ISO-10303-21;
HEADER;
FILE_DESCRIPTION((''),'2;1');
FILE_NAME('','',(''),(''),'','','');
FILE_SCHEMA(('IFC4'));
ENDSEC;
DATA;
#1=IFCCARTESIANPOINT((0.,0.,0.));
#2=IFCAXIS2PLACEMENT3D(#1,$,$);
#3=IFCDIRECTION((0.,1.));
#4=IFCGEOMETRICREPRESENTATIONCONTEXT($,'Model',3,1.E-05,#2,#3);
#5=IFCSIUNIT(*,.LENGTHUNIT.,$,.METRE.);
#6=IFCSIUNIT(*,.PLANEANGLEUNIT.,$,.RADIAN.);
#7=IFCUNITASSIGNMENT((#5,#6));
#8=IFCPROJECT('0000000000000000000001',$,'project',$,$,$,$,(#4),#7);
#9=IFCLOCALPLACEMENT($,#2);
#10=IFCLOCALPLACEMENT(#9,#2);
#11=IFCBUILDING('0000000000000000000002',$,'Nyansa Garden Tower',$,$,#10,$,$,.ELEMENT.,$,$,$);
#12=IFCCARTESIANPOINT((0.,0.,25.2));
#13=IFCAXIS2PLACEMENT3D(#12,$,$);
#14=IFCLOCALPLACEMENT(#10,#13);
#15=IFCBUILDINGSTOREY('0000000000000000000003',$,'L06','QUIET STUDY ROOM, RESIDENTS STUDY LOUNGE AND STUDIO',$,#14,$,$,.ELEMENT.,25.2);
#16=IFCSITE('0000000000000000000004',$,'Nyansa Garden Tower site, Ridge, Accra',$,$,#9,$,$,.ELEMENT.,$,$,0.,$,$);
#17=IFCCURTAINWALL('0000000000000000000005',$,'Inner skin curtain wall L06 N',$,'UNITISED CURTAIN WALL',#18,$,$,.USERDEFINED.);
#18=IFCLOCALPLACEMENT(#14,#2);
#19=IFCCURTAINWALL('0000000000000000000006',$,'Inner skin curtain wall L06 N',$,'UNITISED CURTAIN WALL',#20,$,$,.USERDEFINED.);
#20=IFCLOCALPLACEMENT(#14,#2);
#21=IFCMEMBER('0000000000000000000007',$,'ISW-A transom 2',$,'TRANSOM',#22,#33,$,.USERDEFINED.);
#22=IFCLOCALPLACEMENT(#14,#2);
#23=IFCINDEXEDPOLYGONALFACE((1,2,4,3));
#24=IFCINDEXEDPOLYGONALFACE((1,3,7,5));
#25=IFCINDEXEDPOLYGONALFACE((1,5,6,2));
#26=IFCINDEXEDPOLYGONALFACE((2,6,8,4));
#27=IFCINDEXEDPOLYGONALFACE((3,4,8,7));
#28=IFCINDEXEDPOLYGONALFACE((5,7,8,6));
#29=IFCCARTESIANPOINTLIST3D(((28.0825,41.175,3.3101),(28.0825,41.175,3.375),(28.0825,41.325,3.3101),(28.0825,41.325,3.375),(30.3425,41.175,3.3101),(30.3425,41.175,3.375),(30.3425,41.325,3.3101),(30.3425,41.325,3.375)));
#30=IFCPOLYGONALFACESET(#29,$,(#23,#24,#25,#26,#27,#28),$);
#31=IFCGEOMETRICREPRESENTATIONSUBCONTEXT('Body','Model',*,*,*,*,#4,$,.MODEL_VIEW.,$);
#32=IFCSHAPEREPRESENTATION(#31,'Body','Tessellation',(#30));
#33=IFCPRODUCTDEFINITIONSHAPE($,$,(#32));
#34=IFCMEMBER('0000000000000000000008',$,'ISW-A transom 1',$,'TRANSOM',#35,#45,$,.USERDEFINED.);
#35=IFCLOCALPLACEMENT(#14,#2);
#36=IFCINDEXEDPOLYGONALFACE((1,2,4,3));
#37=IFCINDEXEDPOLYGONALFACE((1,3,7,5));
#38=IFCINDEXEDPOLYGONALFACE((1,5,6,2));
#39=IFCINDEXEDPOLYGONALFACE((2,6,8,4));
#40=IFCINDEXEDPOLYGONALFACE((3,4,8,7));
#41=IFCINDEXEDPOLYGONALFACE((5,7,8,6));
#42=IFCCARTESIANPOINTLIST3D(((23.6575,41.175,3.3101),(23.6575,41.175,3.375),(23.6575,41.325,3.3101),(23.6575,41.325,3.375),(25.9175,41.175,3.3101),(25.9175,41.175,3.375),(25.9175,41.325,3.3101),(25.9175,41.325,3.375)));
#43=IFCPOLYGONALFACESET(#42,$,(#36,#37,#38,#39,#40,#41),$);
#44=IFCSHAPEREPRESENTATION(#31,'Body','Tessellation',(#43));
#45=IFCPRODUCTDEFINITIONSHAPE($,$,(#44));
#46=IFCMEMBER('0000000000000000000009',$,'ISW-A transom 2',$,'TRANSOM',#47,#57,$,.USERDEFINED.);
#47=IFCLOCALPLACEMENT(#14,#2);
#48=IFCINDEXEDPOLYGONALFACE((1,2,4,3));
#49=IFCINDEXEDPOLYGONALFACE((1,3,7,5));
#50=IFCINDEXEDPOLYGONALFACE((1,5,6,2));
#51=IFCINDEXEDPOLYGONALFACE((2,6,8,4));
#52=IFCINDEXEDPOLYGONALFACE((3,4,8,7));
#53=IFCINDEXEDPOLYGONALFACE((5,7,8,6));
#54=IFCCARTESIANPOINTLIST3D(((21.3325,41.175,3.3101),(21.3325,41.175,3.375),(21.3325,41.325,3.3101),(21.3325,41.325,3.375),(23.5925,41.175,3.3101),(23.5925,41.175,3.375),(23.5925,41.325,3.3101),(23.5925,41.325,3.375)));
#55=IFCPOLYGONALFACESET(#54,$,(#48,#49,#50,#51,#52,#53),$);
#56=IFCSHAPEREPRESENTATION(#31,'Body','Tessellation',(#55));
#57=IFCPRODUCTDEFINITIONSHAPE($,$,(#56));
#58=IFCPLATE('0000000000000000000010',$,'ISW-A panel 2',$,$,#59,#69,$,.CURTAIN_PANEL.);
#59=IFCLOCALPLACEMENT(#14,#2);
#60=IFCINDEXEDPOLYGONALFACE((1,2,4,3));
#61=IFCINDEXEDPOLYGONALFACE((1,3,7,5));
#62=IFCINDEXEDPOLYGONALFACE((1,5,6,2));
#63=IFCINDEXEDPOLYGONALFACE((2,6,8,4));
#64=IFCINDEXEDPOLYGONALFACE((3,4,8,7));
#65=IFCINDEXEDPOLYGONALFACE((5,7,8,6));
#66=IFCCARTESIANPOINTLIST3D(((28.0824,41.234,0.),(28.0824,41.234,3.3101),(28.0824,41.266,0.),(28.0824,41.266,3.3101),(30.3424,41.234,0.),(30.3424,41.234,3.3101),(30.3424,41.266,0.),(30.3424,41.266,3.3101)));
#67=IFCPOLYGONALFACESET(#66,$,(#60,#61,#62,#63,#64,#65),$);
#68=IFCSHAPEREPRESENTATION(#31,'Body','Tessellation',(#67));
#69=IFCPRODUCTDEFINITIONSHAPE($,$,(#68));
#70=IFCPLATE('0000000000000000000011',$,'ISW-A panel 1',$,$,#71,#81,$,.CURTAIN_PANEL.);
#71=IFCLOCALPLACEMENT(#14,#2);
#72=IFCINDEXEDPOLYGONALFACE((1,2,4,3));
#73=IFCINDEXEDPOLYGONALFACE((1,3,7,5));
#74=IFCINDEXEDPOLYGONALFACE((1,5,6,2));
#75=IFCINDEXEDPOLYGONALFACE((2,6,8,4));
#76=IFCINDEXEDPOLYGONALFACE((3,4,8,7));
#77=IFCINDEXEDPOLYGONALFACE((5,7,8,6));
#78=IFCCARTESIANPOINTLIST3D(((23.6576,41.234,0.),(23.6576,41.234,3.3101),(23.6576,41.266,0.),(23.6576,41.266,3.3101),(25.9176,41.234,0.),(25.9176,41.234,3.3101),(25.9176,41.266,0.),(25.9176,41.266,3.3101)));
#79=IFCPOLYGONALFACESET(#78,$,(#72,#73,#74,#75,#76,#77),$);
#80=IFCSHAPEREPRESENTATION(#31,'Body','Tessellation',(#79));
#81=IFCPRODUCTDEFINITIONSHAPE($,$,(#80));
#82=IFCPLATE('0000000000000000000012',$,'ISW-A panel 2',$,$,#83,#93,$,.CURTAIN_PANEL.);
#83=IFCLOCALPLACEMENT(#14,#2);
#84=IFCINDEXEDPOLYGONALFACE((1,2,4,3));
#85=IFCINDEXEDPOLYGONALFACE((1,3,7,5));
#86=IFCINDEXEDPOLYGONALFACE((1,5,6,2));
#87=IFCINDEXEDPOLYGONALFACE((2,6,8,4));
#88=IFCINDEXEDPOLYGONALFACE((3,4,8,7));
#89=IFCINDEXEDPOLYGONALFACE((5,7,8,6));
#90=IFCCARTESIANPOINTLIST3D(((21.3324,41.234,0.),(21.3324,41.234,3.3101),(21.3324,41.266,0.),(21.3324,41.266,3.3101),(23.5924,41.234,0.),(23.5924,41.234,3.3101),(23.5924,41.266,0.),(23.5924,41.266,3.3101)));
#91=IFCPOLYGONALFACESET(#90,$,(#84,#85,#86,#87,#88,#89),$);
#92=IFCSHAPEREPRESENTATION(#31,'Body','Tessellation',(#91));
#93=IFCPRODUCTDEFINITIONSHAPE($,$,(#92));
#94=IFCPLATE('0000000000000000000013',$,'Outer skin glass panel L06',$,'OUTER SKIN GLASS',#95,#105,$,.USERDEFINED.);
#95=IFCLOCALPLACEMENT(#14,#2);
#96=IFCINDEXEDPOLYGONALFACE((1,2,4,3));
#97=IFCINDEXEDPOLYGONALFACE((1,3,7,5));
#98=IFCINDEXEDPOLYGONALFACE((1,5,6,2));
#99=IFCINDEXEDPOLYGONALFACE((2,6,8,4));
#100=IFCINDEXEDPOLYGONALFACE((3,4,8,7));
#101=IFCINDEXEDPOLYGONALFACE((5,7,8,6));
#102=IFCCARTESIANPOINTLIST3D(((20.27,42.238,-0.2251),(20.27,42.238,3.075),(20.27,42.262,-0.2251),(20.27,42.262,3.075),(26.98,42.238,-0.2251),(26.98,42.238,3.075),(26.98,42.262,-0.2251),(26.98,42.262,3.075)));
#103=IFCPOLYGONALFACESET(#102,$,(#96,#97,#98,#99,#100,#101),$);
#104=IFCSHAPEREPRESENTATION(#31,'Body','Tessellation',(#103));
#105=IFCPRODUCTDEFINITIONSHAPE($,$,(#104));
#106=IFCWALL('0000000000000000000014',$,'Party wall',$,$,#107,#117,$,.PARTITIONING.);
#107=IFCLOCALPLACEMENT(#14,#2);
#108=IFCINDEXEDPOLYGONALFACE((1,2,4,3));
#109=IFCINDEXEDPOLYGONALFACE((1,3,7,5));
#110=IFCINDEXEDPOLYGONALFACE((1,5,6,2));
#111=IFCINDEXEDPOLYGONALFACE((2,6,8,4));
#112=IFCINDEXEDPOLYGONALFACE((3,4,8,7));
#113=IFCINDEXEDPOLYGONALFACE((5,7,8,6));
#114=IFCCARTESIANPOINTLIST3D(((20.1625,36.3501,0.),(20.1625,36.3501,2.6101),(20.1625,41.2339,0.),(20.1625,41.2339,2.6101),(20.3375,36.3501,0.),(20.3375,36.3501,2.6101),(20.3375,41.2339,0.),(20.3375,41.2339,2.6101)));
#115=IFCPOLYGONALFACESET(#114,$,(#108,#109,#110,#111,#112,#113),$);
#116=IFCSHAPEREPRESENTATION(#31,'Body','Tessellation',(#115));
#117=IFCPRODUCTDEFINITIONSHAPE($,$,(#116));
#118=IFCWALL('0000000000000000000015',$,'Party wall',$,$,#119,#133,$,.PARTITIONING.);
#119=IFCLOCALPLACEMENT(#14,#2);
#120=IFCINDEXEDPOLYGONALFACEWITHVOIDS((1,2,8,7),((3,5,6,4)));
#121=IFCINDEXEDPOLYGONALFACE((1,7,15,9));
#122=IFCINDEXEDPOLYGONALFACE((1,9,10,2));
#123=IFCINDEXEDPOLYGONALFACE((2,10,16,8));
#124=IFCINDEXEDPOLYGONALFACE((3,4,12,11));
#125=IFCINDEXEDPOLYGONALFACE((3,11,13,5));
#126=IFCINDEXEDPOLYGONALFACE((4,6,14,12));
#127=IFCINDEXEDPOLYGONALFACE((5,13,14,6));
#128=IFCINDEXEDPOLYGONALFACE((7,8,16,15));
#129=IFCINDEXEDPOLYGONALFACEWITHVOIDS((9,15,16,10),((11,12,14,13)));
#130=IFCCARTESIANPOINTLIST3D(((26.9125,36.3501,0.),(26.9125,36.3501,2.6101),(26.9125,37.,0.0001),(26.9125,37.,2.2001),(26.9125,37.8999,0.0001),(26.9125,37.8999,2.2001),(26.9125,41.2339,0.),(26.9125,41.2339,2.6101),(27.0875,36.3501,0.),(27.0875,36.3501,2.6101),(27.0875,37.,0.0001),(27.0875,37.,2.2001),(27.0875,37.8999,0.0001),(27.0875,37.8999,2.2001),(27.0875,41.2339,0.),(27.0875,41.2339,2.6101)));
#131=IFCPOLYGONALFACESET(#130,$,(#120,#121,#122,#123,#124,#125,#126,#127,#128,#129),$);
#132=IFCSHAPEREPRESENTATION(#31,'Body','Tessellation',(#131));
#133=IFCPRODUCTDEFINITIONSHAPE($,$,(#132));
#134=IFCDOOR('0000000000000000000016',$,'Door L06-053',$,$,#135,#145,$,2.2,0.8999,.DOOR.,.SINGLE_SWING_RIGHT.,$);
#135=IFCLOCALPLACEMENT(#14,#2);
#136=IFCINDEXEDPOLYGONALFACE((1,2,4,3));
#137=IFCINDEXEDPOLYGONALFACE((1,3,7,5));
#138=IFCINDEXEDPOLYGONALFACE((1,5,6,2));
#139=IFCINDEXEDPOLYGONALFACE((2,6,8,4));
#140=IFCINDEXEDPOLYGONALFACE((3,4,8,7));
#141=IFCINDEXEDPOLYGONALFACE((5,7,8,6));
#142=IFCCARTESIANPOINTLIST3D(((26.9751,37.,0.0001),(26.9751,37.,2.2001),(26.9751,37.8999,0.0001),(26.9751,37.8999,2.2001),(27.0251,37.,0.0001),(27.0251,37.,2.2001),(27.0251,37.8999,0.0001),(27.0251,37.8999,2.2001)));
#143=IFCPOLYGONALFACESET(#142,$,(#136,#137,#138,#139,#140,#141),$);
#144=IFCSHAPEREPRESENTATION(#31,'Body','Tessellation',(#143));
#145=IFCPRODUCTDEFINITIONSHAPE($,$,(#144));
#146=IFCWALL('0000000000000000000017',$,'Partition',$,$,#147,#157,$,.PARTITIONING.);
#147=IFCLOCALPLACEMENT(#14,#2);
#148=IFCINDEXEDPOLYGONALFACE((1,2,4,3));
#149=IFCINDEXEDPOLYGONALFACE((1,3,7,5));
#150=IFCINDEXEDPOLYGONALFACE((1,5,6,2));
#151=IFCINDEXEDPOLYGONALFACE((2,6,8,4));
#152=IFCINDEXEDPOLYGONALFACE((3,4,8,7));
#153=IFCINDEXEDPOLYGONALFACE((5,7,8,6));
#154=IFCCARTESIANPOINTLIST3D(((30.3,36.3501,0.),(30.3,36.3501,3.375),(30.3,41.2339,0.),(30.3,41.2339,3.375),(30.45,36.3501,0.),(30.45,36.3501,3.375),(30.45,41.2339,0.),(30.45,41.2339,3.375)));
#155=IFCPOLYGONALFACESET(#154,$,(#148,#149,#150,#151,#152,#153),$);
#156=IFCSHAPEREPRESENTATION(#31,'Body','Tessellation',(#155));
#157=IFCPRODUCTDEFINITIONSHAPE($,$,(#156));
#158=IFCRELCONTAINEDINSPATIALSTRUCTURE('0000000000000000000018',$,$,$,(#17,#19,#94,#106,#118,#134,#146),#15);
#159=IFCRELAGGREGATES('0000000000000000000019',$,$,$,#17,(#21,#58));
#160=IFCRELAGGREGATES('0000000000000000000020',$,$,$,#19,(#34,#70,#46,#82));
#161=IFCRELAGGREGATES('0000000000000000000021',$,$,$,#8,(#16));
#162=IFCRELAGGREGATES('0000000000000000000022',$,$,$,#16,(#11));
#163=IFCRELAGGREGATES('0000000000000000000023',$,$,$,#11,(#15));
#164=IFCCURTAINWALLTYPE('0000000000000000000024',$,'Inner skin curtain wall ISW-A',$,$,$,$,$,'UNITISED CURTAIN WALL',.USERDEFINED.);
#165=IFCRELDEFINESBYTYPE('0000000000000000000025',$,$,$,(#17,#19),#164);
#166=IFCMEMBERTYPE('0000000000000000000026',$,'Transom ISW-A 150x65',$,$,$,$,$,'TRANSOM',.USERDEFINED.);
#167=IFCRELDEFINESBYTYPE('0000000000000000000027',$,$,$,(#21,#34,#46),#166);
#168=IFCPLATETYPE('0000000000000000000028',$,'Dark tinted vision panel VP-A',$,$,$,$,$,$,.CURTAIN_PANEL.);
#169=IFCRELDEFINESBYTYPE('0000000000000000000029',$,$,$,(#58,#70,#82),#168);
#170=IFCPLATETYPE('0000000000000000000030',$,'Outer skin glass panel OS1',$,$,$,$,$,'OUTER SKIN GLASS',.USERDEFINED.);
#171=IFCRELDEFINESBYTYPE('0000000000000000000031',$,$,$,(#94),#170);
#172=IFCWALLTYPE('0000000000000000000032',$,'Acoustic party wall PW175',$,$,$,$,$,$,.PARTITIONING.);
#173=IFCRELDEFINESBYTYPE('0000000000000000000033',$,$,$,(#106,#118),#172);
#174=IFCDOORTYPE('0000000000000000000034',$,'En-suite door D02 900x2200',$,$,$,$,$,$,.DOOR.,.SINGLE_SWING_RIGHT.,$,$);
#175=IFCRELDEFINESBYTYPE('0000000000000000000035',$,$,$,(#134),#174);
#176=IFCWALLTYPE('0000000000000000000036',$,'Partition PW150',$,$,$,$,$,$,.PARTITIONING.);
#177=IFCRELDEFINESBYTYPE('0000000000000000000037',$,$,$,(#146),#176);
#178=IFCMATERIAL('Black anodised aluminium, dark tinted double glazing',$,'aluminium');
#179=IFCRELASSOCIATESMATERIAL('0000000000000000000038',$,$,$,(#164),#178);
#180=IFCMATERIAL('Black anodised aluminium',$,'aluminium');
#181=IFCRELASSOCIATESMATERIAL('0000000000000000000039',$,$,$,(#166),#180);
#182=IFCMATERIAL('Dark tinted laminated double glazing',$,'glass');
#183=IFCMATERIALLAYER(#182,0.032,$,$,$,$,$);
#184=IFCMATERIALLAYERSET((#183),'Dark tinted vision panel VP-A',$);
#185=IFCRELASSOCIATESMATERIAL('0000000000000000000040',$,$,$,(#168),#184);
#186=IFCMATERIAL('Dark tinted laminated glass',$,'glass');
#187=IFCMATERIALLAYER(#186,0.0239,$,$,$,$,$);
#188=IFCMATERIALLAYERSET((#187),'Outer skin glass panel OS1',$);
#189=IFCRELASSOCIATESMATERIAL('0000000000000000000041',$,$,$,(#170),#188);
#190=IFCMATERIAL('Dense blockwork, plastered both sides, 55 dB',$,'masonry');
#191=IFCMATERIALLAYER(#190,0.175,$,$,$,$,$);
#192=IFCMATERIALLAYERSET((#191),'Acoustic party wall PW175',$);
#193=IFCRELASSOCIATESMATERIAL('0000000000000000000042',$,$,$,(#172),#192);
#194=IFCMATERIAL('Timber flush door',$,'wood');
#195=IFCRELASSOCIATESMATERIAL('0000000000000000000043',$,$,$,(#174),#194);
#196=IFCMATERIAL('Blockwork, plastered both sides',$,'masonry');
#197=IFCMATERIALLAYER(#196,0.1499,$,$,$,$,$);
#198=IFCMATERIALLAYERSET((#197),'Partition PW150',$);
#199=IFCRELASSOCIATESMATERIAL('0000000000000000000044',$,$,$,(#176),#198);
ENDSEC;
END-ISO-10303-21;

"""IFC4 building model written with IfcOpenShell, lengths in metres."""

from ifc_helpers import new_model, si_unit, direction, frame, frame_2d, origin, origin_2d, place, context, subcontext, project, spatial, rectangle, extrude, material, layer, layer_set, material_profile, profile_set, type_object, element, fill, aggregate, save


model = new_model("IFC4")

# Units and contexts
model_context = context("Model", 3, precision=1e-05, world=origin(), true_north=direction((0.0, 1.0)))
body_context = subcontext(model_context, "Body", "Model", "MODEL_VIEW")
ifc_project = project(units=[si_unit("LENGTHUNIT", "METRE"), si_unit("PLANEANGLEUNIT", "RADIAN")], contexts=[model_context])

# Site, building, storey
site_placement = place(None, origin())
site = spatial("IfcSite", under=ifc_project, at=site_placement, Name="Nyansa Garden Tower site, Ridge, Accra", CompositionType="ELEMENT", RefElevation=0.0)
building_placement = place(site_placement, origin())
building = spatial("IfcBuilding", under=site, at=building_placement, Name="Nyansa Garden Tower", CompositionType="ELEMENT")
storey_placement = place(building_placement, frame((0.0, 0.0, 25.2)))
storey = spatial("IfcBuildingStorey", under=building, at=storey_placement, Name="L06", Description="QUIET STUDY ROOM, RESIDENTS STUDY LOUNGE AND STUDIO", CompositionType="ELEMENT", Elevation=25.2)

# Curtain walls
ifc_material_1 = material(Name="Black anodised aluminium, dark tinted double glazing", Category="aluminium")
curtain_wall_type = type_object("IfcCurtainWallType", Name="Inner skin curtain wall ISW-A", ElementType="UNITISED CURTAIN WALL", PredefinedType="USERDEFINED", material=ifc_material_1)
curtain_wall_1_placement = place(storey_placement, origin())
curtain_wall_1 = element("IfcCurtainWall", 1, at=curtain_wall_1_placement, inside=storey, type_object=curtain_wall_type, Name="Inner skin curtain wall L06 N", ObjectType="UNITISED CURTAIN WALL", PredefinedType="USERDEFINED")
curtain_wall_2_placement = place(storey_placement, origin())
curtain_wall_2 = element("IfcCurtainWall", 2, at=curtain_wall_2_placement, inside=storey, type_object=curtain_wall_type, Name="Inner skin curtain wall L06 N", ObjectType="UNITISED CURTAIN WALL", PredefinedType="USERDEFINED")

# Members
ifc_material_2 = material(Name="Black anodised aluminium", Category="aluminium")
ifc_material_profile_1 = material_profile(ifc_material_2, rectangle(XDim=0.1499, YDim=0.0649, at=origin_2d()), Name="Transom 150x65")
ifc_profile_set_1 = profile_set([ifc_material_profile_1], Name="Black anodised aluminium")
member_type_1 = type_object("IfcMemberType", Name="Transom ISW-A 150x65", ElementType="TRANSOM", PredefinedType="USERDEFINED", material=ifc_profile_set_1)
member_1_placement = place(storey_placement, frame((30.3425, 41.25, 3.3425), z_axis=(-1.0, 0.0, 0.0), x_axis=(0.0, -1.0, 0.0)))
member_1 = element("IfcMember", 3, at=member_1_placement, type_object=member_type_1, Name="ISW-A transom 2", ObjectType="TRANSOM", PredefinedType="USERDEFINED", context=body_context, shape_type="SweptSolid", body=[
    extrude(rectangle(XDim=0.1499, YDim=0.0649, at=origin_2d()), origin(), (0.0, 0.0, 1.0), 2.26),
])
member_2_placement = place(storey_placement, frame((25.9175, 41.25, 3.3425), z_axis=(-1.0, 0.0, 0.0), x_axis=(0.0, -1.0, 0.0)))
member_2 = element("IfcMember", 4, at=member_2_placement, type_object=member_type_1, Name="ISW-A transom 1", ObjectType="TRANSOM", PredefinedType="USERDEFINED", context=body_context, shape_type="SweptSolid", body=[
    extrude(rectangle(XDim=0.1499, YDim=0.0649, at=origin_2d()), origin(), (0.0, 0.0, 1.0), 2.26),
])
member_3_placement = place(storey_placement, frame((23.5925, 41.25, 3.3425), z_axis=(-1.0, 0.0, 0.0), x_axis=(0.0, -1.0, 0.0)))
member_3 = element("IfcMember", 5, at=member_3_placement, type_object=member_type_1, Name="ISW-A transom 2", ObjectType="TRANSOM", PredefinedType="USERDEFINED", context=body_context, shape_type="SweptSolid", body=[
    extrude(rectangle(XDim=0.1499, YDim=0.0649, at=origin_2d()), origin(), (0.0, 0.0, 1.0), 2.26),
])

# Plates
ifc_material_3 = material(Name="Dark tinted laminated double glazing", Category="glass")
ifc_layer_1 = layer(ifc_material_3, 0.032)
ifc_layer_set_1 = layer_set([ifc_layer_1], Name="Dark tinted vision panel VP-A")
plate_type_1 = type_object("IfcPlateType", Name="Dark tinted vision panel VP-A", PredefinedType="CURTAIN_PANEL", material=ifc_layer_set_1)
plate_1_placement = place(storey_placement, frame((29.2124, 41.25, 0.0), z_axis=(0.0, 0.0, 1.0), x_axis=(-1.0, 0.0, 0.0)))
plate_1 = element("IfcPlate", 6, at=plate_1_placement, type_object=plate_type_1, Name="ISW-A panel 2", PredefinedType="CURTAIN_PANEL", context=body_context, shape_type="SweptSolid", body=[
    extrude(rectangle(XDim=2.26, YDim=0.032, at=origin_2d()), origin(), (0.0, 0.0, 1.0), 3.3101),
])
aggregate(curtain_wall_1, [member_1, plate_1])
plate_2_placement = place(storey_placement, frame((24.7876, 41.25, 0.0), z_axis=(0.0, 0.0, 1.0), x_axis=(-1.0, 0.0, 0.0)))
plate_2 = element("IfcPlate", 7, at=plate_2_placement, type_object=plate_type_1, Name="ISW-A panel 1", PredefinedType="CURTAIN_PANEL", context=body_context, shape_type="SweptSolid", body=[
    extrude(rectangle(XDim=2.26, YDim=0.032, at=origin_2d()), origin(), (0.0, 0.0, 1.0), 3.3101),
])
plate_3_placement = place(storey_placement, frame((22.4624, 41.25, 0.0), z_axis=(0.0, 0.0, 1.0), x_axis=(-1.0, 0.0, 0.0)))
plate_3 = element("IfcPlate", 8, at=plate_3_placement, type_object=plate_type_1, Name="ISW-A panel 2", PredefinedType="CURTAIN_PANEL", context=body_context, shape_type="SweptSolid", body=[
    extrude(rectangle(XDim=2.26, YDim=0.032, at=origin_2d()), origin(), (0.0, 0.0, 1.0), 3.3101),
])
aggregate(curtain_wall_2, [member_2, plate_2, member_3, plate_3])
ifc_material_4 = material(Name="Dark tinted laminated glass", Category="glass")
ifc_layer_2 = layer(ifc_material_4, 0.0239)
ifc_layer_set_2 = layer_set([ifc_layer_2], Name="Outer skin glass panel OS1")
plate_type_2 = type_object("IfcPlateType", Name="Outer skin glass panel OS1", ElementType="OUTER SKIN GLASS", PredefinedType="USERDEFINED", material=ifc_layer_set_2)
plate_4_placement = place(storey_placement, frame((23.625, 42.25, -0.2251), z_axis=(0.0, 0.0, 1.0), x_axis=(1.0, 0.0, 0.0)))
element("IfcPlate", 9, at=plate_4_placement, inside=storey, type_object=plate_type_2, Name="Outer skin glass panel L06", ObjectType="OUTER SKIN GLASS", PredefinedType="USERDEFINED", context=body_context, shape_type="SweptSolid", body=[
    extrude(rectangle(XDim=6.71, YDim=0.0239, at=origin_2d()), origin(), (0.0, 0.0, 1.0), 3.3),
])

# Wall
ifc_material_5 = material(Name="Dense blockwork, plastered both sides, 55 dB", Category="masonry")
ifc_layer_3 = layer(ifc_material_5, 0.175)
ifc_layer_set_3 = layer_set([ifc_layer_3], Name="Acoustic party wall PW175")
wall_type_1 = type_object("IfcWallType", Name="Acoustic party wall PW175", PredefinedType="PARTITIONING", material=ifc_layer_set_3)
wall_1_placement = place(storey_placement, frame((20.25, 36.3501, 0.0), z_axis=(0.0, 0.0, 1.0), x_axis=(0.0, 1.0, 0.0)))
element("IfcWall", 10, at=wall_1_placement, inside=storey, type_object=wall_type_1, Name="Party wall", PredefinedType="PARTITIONING", context=body_context, shape_type="SweptSolid", body=[
    extrude(rectangle(XDim=4.8838, YDim=0.175, at=frame_2d((2.4419, 0.0))), origin(), (0.0, 0.0, 1.0), 2.6101),
])

# Wall, opening, door
wall_2_placement = place(storey_placement, frame((27.0, 36.3501, 0.0), z_axis=(0.0, 0.0, 1.0), x_axis=(0.0, 1.0, 0.0)))
wall_2 = element("IfcWall", 11, at=wall_2_placement, inside=storey, type_object=wall_type_1, Name="Party wall", PredefinedType="PARTITIONING", context=body_context, shape_type="SweptSolid", body=[
    extrude(rectangle(XDim=4.8838, YDim=0.175, at=frame_2d((2.4419, 0.0))), origin(), (0.0, 0.0, 1.0), 2.6101),
])
opening_1_placement = place(wall_2_placement, frame((0.6499, 0.0, 0.0)))
opening_1 = element("IfcOpeningElement", 12, at=opening_1_placement, cuts=wall_2, PredefinedType="OPENING", context=body_context, shape_type="SweptSolid", body=[
    extrude(rectangle(XDim=0.8999, YDim=2.2, at=frame_2d((0.45, 1.1001))), frame((0.0, 0.0974, 0.0), z_axis=(0.0, -1.0, 0.0), x_axis=(1.0, 0.0, 0.0)), (0.0, 0.0, 1.0), 0.1951),
])
ifc_material_6 = material(Name="Timber flush door", Category="wood")
door_type = type_object("IfcDoorType", Name="En-suite door D02 900x2200", OperationType="SINGLE_SWING_RIGHT", PredefinedType="DOOR", material=ifc_material_6)
door_1_placement = place(opening_1_placement, origin())
door_1 = element("IfcDoor", 13, at=door_1_placement, inside=storey, type_object=door_type, Name="Door L06-053", OperationType="SINGLE_SWING_RIGHT", OverallHeight=2.2, OverallWidth=0.8999, PredefinedType="DOOR", context=body_context, shape_type="SweptSolid", body=[
    extrude(rectangle(XDim=0.8999, YDim=2.2, at=frame_2d((0.45, 1.1001))), frame((0.0, 0.0249, 0.0), z_axis=(0.0, -1.0, 0.0), x_axis=(1.0, 0.0, 0.0)), (0.0, 0.0, 1.0), 0.05),
])
fill(opening_1, door_1)

# Wall
ifc_material_7 = material(Name="Blockwork, plastered both sides", Category="masonry")
ifc_layer_4 = layer(ifc_material_7, 0.1499)
ifc_layer_set_4 = layer_set([ifc_layer_4], Name="Partition PW150")
wall_type_2 = type_object("IfcWallType", Name="Partition PW150", PredefinedType="PARTITIONING", material=ifc_layer_set_4)
wall_3_placement = place(storey_placement, frame((30.375, 36.3501, 0.0), z_axis=(0.0, 0.0, 1.0), x_axis=(0.0, 1.0, 0.0)))
element("IfcWall", 14, at=wall_3_placement, inside=storey, type_object=wall_type_2, Name="Partition", PredefinedType="PARTITIONING", context=body_context, shape_type="SweptSolid", body=[
    extrude(rectangle(XDim=4.8838, YDim=0.1499, at=frame_2d((2.4419, 0.0))), origin(), (0.0, 0.0, 1.0), 3.375),
])

save(model, "model.ifc")
